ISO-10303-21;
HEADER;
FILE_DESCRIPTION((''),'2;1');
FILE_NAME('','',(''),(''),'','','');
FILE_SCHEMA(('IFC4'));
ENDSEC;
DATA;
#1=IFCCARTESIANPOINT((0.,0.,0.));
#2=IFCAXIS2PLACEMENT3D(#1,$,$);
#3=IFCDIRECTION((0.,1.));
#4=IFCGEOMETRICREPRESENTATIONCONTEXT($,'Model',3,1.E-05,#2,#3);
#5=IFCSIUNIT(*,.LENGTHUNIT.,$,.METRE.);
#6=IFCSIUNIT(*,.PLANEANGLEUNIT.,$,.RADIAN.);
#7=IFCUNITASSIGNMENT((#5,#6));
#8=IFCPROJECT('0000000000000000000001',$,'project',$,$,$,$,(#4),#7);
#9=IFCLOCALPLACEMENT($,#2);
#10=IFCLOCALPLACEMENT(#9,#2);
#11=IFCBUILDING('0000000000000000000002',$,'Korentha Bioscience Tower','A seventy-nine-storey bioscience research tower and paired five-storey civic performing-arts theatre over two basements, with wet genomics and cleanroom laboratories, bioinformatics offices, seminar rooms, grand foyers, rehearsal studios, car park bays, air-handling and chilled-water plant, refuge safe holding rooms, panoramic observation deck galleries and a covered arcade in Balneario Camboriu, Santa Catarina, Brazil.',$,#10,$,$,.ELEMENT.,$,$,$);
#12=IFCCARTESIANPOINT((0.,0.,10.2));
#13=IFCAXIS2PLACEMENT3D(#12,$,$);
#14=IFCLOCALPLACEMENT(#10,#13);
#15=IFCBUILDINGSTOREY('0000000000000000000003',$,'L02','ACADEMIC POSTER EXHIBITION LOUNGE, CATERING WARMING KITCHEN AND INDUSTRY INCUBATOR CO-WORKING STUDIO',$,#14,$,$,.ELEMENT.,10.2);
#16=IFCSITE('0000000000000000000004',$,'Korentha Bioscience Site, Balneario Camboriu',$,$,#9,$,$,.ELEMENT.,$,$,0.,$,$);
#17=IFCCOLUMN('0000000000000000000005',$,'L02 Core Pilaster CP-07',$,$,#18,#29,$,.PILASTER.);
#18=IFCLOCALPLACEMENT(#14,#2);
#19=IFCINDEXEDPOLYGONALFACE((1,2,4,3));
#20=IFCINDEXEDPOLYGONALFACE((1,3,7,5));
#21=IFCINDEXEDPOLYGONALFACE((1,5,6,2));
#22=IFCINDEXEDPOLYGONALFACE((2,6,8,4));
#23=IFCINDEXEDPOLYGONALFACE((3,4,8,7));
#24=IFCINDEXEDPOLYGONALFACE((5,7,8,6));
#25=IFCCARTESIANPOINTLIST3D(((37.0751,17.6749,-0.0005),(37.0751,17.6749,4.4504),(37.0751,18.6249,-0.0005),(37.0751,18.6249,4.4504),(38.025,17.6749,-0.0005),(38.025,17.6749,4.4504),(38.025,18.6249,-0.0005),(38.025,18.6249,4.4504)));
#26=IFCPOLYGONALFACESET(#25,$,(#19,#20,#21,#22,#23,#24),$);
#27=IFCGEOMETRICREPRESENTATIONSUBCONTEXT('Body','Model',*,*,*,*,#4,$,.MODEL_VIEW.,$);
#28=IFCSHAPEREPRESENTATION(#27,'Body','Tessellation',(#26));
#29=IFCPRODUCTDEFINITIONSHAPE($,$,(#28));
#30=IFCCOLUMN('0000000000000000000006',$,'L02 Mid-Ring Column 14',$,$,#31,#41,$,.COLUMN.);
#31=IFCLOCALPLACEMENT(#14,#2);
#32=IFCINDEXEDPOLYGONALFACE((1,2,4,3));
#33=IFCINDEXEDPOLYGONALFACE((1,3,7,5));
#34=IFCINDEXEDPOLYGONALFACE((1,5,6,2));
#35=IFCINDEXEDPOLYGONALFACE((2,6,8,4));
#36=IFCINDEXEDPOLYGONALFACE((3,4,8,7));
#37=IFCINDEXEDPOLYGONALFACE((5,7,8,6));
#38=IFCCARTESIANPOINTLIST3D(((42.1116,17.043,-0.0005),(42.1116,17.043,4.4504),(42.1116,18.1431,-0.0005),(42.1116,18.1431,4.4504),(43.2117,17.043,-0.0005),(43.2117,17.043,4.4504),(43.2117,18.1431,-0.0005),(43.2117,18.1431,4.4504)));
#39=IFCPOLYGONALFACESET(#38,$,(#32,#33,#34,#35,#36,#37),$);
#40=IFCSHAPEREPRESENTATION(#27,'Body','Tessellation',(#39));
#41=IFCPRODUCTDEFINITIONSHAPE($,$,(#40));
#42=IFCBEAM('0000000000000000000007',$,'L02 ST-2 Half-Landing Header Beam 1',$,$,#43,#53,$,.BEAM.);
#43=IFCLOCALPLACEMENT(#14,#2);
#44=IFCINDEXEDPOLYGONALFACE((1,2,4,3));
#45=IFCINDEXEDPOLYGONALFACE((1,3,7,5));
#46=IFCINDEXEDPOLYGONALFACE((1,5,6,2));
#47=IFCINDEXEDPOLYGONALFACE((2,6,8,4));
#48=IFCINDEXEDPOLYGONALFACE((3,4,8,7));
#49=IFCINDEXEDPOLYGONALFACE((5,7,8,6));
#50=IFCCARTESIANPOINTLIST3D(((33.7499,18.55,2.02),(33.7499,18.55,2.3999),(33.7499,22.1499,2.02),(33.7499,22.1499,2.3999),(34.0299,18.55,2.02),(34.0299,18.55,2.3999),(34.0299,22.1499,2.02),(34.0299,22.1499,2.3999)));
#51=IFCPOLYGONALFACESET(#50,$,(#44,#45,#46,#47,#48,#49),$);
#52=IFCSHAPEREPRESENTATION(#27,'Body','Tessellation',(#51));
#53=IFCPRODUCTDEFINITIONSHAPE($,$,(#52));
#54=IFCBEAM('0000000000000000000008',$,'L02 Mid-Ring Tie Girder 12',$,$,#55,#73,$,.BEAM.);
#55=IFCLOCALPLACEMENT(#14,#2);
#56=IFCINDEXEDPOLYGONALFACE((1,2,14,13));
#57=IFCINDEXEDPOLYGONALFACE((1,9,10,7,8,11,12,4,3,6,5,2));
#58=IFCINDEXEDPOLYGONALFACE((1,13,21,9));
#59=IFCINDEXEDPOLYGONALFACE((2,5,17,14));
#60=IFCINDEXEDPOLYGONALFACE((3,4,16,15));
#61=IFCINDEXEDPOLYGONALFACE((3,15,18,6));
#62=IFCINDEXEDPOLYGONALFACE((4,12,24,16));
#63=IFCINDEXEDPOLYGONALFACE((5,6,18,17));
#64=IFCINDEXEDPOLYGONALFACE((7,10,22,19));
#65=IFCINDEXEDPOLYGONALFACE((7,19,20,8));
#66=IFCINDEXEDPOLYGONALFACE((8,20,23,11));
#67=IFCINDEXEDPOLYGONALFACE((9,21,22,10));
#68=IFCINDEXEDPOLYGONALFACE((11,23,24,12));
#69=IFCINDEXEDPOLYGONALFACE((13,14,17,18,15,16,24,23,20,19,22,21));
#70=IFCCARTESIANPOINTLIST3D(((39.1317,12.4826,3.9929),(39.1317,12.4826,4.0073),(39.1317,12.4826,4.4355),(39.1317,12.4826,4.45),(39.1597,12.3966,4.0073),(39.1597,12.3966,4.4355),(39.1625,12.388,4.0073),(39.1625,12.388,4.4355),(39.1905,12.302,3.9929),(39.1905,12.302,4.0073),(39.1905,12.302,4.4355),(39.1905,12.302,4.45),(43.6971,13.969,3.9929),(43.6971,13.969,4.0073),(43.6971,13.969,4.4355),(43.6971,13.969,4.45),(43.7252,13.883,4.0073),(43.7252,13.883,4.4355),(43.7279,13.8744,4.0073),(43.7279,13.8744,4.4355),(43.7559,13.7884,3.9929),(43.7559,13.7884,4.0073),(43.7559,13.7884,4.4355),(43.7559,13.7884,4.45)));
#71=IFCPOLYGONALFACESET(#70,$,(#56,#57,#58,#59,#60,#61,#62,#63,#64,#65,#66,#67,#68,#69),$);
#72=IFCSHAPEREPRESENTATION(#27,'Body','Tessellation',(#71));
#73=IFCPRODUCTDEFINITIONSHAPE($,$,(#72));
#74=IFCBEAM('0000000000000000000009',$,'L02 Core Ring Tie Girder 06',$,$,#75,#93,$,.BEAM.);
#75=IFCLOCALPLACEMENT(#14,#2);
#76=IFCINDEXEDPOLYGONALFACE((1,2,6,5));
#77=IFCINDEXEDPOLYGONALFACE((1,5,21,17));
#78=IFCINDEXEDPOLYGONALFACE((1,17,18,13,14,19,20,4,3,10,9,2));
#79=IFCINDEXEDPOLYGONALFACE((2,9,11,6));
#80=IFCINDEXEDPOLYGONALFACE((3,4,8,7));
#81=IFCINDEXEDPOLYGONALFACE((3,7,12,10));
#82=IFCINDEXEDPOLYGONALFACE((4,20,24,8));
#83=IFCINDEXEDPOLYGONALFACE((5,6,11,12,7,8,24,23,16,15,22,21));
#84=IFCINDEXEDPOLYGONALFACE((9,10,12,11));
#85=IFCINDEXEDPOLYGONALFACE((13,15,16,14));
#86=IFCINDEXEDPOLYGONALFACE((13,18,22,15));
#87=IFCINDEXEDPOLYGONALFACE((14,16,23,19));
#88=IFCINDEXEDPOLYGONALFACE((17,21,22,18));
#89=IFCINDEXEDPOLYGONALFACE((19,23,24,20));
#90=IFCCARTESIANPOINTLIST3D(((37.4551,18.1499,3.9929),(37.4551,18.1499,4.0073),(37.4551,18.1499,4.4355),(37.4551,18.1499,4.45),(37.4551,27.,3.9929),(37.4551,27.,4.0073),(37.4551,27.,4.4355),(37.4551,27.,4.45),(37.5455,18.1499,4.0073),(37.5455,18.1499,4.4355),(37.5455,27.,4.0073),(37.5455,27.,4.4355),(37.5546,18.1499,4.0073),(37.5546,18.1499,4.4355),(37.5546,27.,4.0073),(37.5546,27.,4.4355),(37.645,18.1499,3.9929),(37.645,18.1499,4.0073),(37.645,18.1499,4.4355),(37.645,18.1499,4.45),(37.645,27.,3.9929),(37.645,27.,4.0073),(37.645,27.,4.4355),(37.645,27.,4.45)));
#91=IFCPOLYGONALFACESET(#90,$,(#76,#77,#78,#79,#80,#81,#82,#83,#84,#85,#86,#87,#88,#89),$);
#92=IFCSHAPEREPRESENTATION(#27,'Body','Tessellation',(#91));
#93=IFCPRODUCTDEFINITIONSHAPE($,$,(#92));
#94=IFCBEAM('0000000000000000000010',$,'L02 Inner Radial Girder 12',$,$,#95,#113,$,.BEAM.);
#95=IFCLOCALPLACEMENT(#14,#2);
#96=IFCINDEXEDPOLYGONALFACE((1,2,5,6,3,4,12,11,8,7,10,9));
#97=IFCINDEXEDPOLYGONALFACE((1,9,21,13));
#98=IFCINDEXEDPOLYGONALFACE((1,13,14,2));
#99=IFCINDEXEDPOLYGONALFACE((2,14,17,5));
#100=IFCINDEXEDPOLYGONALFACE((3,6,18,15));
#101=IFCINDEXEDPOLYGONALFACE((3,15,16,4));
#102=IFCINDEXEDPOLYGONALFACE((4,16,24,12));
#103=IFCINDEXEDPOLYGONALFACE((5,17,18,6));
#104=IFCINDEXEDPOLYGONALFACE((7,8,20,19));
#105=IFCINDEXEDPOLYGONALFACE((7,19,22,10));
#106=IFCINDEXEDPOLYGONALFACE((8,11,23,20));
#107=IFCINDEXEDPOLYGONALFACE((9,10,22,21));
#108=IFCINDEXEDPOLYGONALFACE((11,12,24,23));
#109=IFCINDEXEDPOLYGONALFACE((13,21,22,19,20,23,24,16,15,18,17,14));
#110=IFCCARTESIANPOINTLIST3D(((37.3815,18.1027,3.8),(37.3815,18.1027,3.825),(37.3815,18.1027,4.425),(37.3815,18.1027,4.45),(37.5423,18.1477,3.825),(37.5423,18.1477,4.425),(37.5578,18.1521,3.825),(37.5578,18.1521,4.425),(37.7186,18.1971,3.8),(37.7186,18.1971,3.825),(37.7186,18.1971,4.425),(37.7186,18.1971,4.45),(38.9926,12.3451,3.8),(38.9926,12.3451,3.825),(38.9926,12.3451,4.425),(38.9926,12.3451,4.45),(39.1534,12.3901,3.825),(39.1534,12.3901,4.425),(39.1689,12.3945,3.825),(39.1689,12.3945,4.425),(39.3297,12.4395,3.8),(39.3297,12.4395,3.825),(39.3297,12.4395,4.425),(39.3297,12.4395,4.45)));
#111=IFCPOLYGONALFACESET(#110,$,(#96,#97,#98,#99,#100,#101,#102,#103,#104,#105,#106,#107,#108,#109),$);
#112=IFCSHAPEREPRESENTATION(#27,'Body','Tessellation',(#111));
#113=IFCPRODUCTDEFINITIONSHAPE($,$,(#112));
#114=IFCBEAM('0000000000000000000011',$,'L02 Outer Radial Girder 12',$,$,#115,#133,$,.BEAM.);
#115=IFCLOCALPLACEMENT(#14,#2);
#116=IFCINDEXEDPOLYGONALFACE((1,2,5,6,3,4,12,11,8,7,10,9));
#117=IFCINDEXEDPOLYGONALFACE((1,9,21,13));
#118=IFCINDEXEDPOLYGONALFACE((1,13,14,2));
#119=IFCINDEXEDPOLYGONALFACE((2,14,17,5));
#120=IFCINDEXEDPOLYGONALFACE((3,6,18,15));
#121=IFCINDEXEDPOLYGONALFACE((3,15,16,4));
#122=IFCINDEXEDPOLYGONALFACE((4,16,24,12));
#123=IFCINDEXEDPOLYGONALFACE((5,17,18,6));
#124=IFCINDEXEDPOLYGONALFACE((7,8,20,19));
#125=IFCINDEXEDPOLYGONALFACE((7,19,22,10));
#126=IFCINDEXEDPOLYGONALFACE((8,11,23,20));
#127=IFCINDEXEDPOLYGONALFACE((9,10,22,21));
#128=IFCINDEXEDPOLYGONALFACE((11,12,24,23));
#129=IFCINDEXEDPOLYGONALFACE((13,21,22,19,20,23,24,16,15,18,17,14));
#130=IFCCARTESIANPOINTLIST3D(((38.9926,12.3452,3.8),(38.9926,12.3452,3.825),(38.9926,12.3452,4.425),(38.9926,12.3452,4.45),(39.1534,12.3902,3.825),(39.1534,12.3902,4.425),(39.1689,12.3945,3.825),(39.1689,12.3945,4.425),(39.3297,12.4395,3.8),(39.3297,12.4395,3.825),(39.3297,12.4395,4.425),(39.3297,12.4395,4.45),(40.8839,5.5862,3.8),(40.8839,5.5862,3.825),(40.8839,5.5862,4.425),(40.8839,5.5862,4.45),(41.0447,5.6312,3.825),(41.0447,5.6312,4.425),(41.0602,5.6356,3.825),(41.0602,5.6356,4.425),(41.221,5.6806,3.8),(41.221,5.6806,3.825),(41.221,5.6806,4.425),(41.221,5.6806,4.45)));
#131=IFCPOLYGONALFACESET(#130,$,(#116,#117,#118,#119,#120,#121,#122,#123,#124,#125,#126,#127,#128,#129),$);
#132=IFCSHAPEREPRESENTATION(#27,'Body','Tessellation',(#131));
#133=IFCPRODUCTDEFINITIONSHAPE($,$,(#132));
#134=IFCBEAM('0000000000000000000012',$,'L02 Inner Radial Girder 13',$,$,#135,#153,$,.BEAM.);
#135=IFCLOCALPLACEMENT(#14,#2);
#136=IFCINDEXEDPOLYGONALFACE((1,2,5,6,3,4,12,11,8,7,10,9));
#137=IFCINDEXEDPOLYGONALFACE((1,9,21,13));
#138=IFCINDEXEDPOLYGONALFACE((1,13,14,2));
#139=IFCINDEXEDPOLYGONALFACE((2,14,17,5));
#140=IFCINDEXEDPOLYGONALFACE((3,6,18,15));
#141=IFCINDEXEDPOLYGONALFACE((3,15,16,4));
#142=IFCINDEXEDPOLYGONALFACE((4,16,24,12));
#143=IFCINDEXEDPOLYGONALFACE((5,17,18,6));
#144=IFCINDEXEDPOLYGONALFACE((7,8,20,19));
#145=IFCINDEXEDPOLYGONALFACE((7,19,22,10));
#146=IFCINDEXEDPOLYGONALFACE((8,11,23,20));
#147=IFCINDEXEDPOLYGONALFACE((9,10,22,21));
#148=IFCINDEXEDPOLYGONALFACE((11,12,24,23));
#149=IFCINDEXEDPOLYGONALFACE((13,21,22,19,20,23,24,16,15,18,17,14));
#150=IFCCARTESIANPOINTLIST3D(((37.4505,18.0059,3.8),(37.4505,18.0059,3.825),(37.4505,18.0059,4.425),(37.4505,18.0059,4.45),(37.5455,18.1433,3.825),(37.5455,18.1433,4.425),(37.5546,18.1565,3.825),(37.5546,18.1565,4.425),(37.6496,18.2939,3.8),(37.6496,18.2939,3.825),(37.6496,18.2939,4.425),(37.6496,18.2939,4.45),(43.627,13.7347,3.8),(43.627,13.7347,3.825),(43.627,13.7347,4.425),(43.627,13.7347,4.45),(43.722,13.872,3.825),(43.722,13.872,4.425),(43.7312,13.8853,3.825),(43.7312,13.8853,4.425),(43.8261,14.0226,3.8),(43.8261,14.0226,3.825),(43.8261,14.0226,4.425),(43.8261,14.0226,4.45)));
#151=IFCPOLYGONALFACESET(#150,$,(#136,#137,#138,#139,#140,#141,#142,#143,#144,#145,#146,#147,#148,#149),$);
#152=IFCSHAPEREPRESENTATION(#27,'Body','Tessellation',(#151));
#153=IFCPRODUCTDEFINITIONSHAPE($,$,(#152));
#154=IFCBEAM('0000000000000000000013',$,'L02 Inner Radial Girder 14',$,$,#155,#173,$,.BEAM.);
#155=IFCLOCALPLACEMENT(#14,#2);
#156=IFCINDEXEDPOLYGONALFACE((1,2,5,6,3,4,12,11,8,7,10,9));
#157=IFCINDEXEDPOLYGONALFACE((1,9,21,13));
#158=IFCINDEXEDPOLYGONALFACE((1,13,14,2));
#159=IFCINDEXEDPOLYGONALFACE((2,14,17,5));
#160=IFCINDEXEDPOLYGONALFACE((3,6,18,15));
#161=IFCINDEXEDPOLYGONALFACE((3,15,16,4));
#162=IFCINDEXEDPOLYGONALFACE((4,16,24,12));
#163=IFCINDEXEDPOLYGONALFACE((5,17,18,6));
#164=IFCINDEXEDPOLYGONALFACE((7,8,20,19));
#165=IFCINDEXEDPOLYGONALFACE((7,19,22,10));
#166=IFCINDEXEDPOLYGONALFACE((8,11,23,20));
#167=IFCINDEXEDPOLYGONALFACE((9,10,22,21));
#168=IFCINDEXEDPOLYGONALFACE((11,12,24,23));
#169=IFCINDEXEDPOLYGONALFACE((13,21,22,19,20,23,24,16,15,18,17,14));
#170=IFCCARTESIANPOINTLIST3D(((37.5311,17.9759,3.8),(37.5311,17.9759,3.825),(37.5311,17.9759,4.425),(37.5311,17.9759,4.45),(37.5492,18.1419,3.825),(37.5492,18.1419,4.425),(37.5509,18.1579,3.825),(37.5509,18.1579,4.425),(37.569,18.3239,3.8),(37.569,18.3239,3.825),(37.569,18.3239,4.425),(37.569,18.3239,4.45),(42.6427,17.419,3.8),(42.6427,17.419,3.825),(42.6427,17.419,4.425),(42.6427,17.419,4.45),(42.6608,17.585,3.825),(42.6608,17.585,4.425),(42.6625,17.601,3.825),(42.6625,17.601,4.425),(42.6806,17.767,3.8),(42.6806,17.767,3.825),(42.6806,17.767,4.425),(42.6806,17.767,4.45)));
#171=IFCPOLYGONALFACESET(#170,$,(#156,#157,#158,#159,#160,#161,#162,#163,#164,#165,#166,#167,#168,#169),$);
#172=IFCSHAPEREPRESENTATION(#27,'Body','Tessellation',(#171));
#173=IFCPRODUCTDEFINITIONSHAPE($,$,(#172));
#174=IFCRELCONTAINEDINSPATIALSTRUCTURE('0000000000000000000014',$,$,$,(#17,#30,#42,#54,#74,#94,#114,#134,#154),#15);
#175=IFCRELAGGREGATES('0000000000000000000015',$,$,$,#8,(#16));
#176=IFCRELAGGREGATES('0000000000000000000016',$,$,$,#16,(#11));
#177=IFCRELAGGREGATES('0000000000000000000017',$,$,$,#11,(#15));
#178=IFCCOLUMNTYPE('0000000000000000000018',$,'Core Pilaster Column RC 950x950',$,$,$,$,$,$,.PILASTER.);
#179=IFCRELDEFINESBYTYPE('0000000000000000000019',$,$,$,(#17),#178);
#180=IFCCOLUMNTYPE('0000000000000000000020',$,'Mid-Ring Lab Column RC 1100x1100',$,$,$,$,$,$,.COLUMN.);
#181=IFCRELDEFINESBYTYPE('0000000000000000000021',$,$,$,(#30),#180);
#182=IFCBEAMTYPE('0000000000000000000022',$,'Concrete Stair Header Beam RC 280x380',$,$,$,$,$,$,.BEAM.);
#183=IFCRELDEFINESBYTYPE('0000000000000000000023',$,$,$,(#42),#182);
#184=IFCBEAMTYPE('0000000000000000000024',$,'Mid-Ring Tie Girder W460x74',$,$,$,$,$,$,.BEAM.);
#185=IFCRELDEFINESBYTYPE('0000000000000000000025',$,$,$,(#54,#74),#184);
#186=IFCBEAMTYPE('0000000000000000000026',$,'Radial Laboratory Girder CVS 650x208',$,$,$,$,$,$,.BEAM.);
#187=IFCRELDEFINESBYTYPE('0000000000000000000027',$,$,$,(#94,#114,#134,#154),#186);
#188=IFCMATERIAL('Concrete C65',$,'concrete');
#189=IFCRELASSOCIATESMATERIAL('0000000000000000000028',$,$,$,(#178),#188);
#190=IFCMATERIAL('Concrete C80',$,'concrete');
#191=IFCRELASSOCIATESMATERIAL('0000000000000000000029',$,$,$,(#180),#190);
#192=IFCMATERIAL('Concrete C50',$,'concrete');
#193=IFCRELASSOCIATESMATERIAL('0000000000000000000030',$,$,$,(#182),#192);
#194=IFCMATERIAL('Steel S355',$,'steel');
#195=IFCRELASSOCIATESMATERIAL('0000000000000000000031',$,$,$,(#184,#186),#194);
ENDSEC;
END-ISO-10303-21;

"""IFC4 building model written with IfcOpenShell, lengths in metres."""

from ifc_helpers import new_model, si_unit, direction, frame, origin, origin_2d, place, context, subcontext, project, spatial, rectangle, i_section, extrude, material, material_profile, profile_set, type_object, element, save


model = new_model("IFC4")

# Units and contexts
model_context = context("Model", 3, precision=1e-05, world=origin(), true_north=direction((0.0, 1.0)))
body_context = subcontext(model_context, "Body", "Model", "MODEL_VIEW")
ifc_project = project(units=[si_unit("LENGTHUNIT", "METRE"), si_unit("PLANEANGLEUNIT", "RADIAN")], contexts=[model_context])

# Site, building, storey
site_placement = place(None, origin())
site = spatial("IfcSite", under=ifc_project, at=site_placement, Name="Korentha Bioscience Site, Balneario Camboriu", CompositionType="ELEMENT", RefElevation=0.0)
building_placement = place(site_placement, origin())
building = spatial("IfcBuilding", under=site, at=building_placement, Name="Korentha Bioscience Tower", Description="A seventy-nine-storey bioscience research tower and paired five-storey civic performing-arts theatre over two basements, with wet genomics and cleanroom laboratories, bioinformatics offices, seminar rooms, grand foyers, rehearsal studios, car park bays, air-handling and chilled-water plant, refuge safe holding rooms, panoramic observation deck galleries and a covered arcade in Balneario Camboriu, Santa Catarina, Brazil.", CompositionType="ELEMENT")
storey_placement = place(building_placement, frame((0.0, 0.0, 10.2)))
storey = spatial("IfcBuildingStorey", under=building, at=storey_placement, Name="L02", Description="ACADEMIC POSTER EXHIBITION LOUNGE, CATERING WARMING KITCHEN AND INDUSTRY INCUBATOR CO-WORKING STUDIO", CompositionType="ELEMENT", Elevation=10.2)

# Columns
ifc_material_1 = material(Name="Concrete C65", Category="concrete")
ifc_material_profile_1 = material_profile(ifc_material_1, rectangle(XDim=0.95, YDim=0.95, at=origin_2d()), Name="Concrete C65")
ifc_profile_set_1 = profile_set([ifc_material_profile_1], Name="Concrete C65 (COL-CP09)")
column_type_1 = type_object("IfcColumnType", Name="Core Pilaster Column RC 950x950", PredefinedType="PILASTER", material=ifc_profile_set_1)
column_1_placement = place(storey_placement, frame((37.55, 18.1499, -0.0005), z_axis=(0.0, 0.0, 1.0), x_axis=(1.0, 0.0, 0.0)))
element("IfcColumn", 1, at=column_1_placement, inside=storey, type_object=column_type_1, Name="L02 Core Pilaster CP-07", PredefinedType="PILASTER", context=body_context, shape_type="SweptSolid", body=[
    extrude(rectangle(XDim=0.95, YDim=0.95, at=origin_2d()), origin(), (0.0, 0.0, 1.0), 4.4509),
])
ifc_material_2 = material(Name="Concrete C80", Category="concrete")
ifc_material_profile_2 = material_profile(ifc_material_2, rectangle(XDim=1.1001, YDim=1.1001, at=origin_2d()), Name="Concrete C80")
ifc_profile_set_2 = profile_set([ifc_material_profile_2], Name="Concrete C80 (COL-MR11)")
column_type_2 = type_object("IfcColumnType", Name="Mid-Ring Lab Column RC 1100x1100", PredefinedType="COLUMN", material=ifc_profile_set_2)
column_2_placement = place(storey_placement, frame((42.6616, 17.593, -0.0005), z_axis=(0.0, 0.0, 1.0), x_axis=(1.0, 0.0, 0.0)))
element("IfcColumn", 2, at=column_2_placement, inside=storey, type_object=column_type_2, Name="L02 Mid-Ring Column 14", PredefinedType="COLUMN", context=body_context, shape_type="SweptSolid", body=[
    extrude(rectangle(XDim=1.1001, YDim=1.1001, at=origin_2d()), origin(), (0.0, 0.0, 1.0), 4.4509),
])

# Beams
ifc_material_3 = material(Name="Concrete C50", Category="concrete")
ifc_material_profile_3 = material_profile(ifc_material_3, rectangle(XDim=0.28, YDim=0.3799, at=origin_2d()), Name="Concrete C50")
ifc_profile_set_3 = profile_set([ifc_material_profile_3], Name="Concrete C50 (ST-HB380)")
beam_type_1 = type_object("IfcBeamType", Name="Concrete Stair Header Beam RC 280x380", PredefinedType="BEAM", material=ifc_profile_set_3)
beam_1_placement = place(storey_placement, frame((33.8899, 18.55, 2.21), z_axis=(0.0, 1.0, 0.0), x_axis=(-1.0, 0.0, 0.0)))
element("IfcBeam", 3, at=beam_1_placement, inside=storey, type_object=beam_type_1, Name="L02 ST-2 Half-Landing Header Beam 1", PredefinedType="BEAM", context=body_context, shape_type="SweptSolid", body=[
    extrude(rectangle(XDim=0.28, YDim=0.3799, at=origin_2d()), origin(), (0.0, 0.0, 1.0), 3.5999),
])
ifc_material_4 = material(Name="Steel S355", Category="steel")
ifc_material_profile_4 = material_profile(ifc_material_4, i_section(OverallWidth=0.1899, OverallDepth=0.457, WebThickness=0.009, FlangeThickness=0.0144, at=origin_2d()), Name="Steel S355")
ifc_profile_set_4 = profile_set([ifc_material_profile_4], Name="Steel S355 (MB-460)")
beam_type_2 = type_object("IfcBeamType", Name="Mid-Ring Tie Girder W460x74", PredefinedType="BEAM", material=ifc_profile_set_4)
beam_2_placement = place(storey_placement, frame((39.1611, 12.3923, 4.2214), z_axis=(0.950877, 0.309569, 0.0), x_axis=(-0.309569, 0.950877, 0.0)))
element("IfcBeam", 4, at=beam_2_placement, inside=storey, type_object=beam_type_2, Name="L02 Mid-Ring Tie Girder 12", PredefinedType="BEAM", context=body_context, shape_type="SweptSolid", body=[
    extrude(i_section(OverallWidth=0.1899, OverallDepth=0.457, WebThickness=0.009, FlangeThickness=0.0144, at=origin_2d()), origin(), (0.0, 0.0, 1.0), 4.8013),
])
beam_3_placement = place(storey_placement, frame((37.55, 18.1499, 4.2214), z_axis=(0.0, 1.0, 0.0), x_axis=(-1.0, 0.0, 0.0)))
element("IfcBeam", 5, at=beam_3_placement, inside=storey, type_object=beam_type_2, Name="L02 Core Ring Tie Girder 06", PredefinedType="BEAM", context=body_context, shape_type="SweptSolid", body=[
    extrude(i_section(OverallWidth=0.1899, OverallDepth=0.457, WebThickness=0.009, FlangeThickness=0.0144, at=origin_2d()), origin(), (0.0, 0.0, 1.0), 8.8501),
])
ifc_material_profile_5 = material_profile(ifc_material_4, i_section(OverallWidth=0.3501, OverallDepth=0.6499, WebThickness=0.0161, FlangeThickness=0.0249, at=origin_2d()), Name="Steel S355")
ifc_profile_set_5 = profile_set([ifc_material_profile_5], Name="Steel S355 (RB-650)")
beam_type_3 = type_object("IfcBeamType", Name="Radial Laboratory Girder CVS 650x208", PredefinedType="BEAM", material=ifc_profile_set_5)
beam_4_placement = place(storey_placement, frame((37.55, 18.1499, 4.125), z_axis=(0.269469, -0.963009, 0.0), x_axis=(0.963009, 0.269469, 0.0)))
element("IfcBeam", 6, at=beam_4_placement, inside=storey, type_object=beam_type_3, Name="L02 Inner Radial Girder 12", PredefinedType="BEAM", context=body_context, shape_type="SweptSolid", body=[
    extrude(i_section(OverallWidth=0.3501, OverallDepth=0.6499, WebThickness=0.0161, FlangeThickness=0.0249, at=origin_2d()), origin(), (0.0, 0.0, 1.0), 5.9788),
])
beam_5_placement = place(storey_placement, frame((39.1611, 12.3923, 4.125), z_axis=(0.269475, -0.963007, 0.0), x_axis=(0.963007, 0.269475, 0.0)))
element("IfcBeam", 7, at=beam_5_placement, inside=storey, type_object=beam_type_3, Name="L02 Outer Radial Girder 12", PredefinedType="BEAM", context=body_context, shape_type="SweptSolid", body=[
    extrude(i_section(OverallWidth=0.3501, OverallDepth=0.6499, WebThickness=0.0161, FlangeThickness=0.0249, at=origin_2d()), origin(), (0.0, 0.0, 1.0), 7.0186),
])
beam_6_placement = place(storey_placement, frame((37.55, 18.1499, 4.125), z_axis=(0.822492, -0.568777, 0.0), x_axis=(0.568777, 0.822492, 0.0)))
element("IfcBeam", 8, at=beam_6_placement, inside=storey, type_object=beam_type_3, Name="L02 Inner Radial Girder 13", PredefinedType="BEAM", context=body_context, shape_type="SweptSolid", body=[
    extrude(i_section(OverallWidth=0.3501, OverallDepth=0.6499, WebThickness=0.0161, FlangeThickness=0.0249, at=origin_2d()), origin(), (0.0, 0.0, 1.0), 7.5095),
])
beam_7_placement = place(storey_placement, frame((37.55, 18.1499, 4.125), z_axis=(0.994118, -0.108305, 0.0), x_axis=(0.108305, 0.994118, 0.0)))
element("IfcBeam", 9, at=beam_7_placement, inside=storey, type_object=beam_type_3, Name="L02 Inner Radial Girder 14", PredefinedType="BEAM", context=body_context, shape_type="SweptSolid", body=[
    extrude(i_section(OverallWidth=0.3501, OverallDepth=0.6499, WebThickness=0.0161, FlangeThickness=0.0249, at=origin_2d()), origin(), (0.0, 0.0, 1.0), 5.1418),
])

save(model, "model.ifc")
